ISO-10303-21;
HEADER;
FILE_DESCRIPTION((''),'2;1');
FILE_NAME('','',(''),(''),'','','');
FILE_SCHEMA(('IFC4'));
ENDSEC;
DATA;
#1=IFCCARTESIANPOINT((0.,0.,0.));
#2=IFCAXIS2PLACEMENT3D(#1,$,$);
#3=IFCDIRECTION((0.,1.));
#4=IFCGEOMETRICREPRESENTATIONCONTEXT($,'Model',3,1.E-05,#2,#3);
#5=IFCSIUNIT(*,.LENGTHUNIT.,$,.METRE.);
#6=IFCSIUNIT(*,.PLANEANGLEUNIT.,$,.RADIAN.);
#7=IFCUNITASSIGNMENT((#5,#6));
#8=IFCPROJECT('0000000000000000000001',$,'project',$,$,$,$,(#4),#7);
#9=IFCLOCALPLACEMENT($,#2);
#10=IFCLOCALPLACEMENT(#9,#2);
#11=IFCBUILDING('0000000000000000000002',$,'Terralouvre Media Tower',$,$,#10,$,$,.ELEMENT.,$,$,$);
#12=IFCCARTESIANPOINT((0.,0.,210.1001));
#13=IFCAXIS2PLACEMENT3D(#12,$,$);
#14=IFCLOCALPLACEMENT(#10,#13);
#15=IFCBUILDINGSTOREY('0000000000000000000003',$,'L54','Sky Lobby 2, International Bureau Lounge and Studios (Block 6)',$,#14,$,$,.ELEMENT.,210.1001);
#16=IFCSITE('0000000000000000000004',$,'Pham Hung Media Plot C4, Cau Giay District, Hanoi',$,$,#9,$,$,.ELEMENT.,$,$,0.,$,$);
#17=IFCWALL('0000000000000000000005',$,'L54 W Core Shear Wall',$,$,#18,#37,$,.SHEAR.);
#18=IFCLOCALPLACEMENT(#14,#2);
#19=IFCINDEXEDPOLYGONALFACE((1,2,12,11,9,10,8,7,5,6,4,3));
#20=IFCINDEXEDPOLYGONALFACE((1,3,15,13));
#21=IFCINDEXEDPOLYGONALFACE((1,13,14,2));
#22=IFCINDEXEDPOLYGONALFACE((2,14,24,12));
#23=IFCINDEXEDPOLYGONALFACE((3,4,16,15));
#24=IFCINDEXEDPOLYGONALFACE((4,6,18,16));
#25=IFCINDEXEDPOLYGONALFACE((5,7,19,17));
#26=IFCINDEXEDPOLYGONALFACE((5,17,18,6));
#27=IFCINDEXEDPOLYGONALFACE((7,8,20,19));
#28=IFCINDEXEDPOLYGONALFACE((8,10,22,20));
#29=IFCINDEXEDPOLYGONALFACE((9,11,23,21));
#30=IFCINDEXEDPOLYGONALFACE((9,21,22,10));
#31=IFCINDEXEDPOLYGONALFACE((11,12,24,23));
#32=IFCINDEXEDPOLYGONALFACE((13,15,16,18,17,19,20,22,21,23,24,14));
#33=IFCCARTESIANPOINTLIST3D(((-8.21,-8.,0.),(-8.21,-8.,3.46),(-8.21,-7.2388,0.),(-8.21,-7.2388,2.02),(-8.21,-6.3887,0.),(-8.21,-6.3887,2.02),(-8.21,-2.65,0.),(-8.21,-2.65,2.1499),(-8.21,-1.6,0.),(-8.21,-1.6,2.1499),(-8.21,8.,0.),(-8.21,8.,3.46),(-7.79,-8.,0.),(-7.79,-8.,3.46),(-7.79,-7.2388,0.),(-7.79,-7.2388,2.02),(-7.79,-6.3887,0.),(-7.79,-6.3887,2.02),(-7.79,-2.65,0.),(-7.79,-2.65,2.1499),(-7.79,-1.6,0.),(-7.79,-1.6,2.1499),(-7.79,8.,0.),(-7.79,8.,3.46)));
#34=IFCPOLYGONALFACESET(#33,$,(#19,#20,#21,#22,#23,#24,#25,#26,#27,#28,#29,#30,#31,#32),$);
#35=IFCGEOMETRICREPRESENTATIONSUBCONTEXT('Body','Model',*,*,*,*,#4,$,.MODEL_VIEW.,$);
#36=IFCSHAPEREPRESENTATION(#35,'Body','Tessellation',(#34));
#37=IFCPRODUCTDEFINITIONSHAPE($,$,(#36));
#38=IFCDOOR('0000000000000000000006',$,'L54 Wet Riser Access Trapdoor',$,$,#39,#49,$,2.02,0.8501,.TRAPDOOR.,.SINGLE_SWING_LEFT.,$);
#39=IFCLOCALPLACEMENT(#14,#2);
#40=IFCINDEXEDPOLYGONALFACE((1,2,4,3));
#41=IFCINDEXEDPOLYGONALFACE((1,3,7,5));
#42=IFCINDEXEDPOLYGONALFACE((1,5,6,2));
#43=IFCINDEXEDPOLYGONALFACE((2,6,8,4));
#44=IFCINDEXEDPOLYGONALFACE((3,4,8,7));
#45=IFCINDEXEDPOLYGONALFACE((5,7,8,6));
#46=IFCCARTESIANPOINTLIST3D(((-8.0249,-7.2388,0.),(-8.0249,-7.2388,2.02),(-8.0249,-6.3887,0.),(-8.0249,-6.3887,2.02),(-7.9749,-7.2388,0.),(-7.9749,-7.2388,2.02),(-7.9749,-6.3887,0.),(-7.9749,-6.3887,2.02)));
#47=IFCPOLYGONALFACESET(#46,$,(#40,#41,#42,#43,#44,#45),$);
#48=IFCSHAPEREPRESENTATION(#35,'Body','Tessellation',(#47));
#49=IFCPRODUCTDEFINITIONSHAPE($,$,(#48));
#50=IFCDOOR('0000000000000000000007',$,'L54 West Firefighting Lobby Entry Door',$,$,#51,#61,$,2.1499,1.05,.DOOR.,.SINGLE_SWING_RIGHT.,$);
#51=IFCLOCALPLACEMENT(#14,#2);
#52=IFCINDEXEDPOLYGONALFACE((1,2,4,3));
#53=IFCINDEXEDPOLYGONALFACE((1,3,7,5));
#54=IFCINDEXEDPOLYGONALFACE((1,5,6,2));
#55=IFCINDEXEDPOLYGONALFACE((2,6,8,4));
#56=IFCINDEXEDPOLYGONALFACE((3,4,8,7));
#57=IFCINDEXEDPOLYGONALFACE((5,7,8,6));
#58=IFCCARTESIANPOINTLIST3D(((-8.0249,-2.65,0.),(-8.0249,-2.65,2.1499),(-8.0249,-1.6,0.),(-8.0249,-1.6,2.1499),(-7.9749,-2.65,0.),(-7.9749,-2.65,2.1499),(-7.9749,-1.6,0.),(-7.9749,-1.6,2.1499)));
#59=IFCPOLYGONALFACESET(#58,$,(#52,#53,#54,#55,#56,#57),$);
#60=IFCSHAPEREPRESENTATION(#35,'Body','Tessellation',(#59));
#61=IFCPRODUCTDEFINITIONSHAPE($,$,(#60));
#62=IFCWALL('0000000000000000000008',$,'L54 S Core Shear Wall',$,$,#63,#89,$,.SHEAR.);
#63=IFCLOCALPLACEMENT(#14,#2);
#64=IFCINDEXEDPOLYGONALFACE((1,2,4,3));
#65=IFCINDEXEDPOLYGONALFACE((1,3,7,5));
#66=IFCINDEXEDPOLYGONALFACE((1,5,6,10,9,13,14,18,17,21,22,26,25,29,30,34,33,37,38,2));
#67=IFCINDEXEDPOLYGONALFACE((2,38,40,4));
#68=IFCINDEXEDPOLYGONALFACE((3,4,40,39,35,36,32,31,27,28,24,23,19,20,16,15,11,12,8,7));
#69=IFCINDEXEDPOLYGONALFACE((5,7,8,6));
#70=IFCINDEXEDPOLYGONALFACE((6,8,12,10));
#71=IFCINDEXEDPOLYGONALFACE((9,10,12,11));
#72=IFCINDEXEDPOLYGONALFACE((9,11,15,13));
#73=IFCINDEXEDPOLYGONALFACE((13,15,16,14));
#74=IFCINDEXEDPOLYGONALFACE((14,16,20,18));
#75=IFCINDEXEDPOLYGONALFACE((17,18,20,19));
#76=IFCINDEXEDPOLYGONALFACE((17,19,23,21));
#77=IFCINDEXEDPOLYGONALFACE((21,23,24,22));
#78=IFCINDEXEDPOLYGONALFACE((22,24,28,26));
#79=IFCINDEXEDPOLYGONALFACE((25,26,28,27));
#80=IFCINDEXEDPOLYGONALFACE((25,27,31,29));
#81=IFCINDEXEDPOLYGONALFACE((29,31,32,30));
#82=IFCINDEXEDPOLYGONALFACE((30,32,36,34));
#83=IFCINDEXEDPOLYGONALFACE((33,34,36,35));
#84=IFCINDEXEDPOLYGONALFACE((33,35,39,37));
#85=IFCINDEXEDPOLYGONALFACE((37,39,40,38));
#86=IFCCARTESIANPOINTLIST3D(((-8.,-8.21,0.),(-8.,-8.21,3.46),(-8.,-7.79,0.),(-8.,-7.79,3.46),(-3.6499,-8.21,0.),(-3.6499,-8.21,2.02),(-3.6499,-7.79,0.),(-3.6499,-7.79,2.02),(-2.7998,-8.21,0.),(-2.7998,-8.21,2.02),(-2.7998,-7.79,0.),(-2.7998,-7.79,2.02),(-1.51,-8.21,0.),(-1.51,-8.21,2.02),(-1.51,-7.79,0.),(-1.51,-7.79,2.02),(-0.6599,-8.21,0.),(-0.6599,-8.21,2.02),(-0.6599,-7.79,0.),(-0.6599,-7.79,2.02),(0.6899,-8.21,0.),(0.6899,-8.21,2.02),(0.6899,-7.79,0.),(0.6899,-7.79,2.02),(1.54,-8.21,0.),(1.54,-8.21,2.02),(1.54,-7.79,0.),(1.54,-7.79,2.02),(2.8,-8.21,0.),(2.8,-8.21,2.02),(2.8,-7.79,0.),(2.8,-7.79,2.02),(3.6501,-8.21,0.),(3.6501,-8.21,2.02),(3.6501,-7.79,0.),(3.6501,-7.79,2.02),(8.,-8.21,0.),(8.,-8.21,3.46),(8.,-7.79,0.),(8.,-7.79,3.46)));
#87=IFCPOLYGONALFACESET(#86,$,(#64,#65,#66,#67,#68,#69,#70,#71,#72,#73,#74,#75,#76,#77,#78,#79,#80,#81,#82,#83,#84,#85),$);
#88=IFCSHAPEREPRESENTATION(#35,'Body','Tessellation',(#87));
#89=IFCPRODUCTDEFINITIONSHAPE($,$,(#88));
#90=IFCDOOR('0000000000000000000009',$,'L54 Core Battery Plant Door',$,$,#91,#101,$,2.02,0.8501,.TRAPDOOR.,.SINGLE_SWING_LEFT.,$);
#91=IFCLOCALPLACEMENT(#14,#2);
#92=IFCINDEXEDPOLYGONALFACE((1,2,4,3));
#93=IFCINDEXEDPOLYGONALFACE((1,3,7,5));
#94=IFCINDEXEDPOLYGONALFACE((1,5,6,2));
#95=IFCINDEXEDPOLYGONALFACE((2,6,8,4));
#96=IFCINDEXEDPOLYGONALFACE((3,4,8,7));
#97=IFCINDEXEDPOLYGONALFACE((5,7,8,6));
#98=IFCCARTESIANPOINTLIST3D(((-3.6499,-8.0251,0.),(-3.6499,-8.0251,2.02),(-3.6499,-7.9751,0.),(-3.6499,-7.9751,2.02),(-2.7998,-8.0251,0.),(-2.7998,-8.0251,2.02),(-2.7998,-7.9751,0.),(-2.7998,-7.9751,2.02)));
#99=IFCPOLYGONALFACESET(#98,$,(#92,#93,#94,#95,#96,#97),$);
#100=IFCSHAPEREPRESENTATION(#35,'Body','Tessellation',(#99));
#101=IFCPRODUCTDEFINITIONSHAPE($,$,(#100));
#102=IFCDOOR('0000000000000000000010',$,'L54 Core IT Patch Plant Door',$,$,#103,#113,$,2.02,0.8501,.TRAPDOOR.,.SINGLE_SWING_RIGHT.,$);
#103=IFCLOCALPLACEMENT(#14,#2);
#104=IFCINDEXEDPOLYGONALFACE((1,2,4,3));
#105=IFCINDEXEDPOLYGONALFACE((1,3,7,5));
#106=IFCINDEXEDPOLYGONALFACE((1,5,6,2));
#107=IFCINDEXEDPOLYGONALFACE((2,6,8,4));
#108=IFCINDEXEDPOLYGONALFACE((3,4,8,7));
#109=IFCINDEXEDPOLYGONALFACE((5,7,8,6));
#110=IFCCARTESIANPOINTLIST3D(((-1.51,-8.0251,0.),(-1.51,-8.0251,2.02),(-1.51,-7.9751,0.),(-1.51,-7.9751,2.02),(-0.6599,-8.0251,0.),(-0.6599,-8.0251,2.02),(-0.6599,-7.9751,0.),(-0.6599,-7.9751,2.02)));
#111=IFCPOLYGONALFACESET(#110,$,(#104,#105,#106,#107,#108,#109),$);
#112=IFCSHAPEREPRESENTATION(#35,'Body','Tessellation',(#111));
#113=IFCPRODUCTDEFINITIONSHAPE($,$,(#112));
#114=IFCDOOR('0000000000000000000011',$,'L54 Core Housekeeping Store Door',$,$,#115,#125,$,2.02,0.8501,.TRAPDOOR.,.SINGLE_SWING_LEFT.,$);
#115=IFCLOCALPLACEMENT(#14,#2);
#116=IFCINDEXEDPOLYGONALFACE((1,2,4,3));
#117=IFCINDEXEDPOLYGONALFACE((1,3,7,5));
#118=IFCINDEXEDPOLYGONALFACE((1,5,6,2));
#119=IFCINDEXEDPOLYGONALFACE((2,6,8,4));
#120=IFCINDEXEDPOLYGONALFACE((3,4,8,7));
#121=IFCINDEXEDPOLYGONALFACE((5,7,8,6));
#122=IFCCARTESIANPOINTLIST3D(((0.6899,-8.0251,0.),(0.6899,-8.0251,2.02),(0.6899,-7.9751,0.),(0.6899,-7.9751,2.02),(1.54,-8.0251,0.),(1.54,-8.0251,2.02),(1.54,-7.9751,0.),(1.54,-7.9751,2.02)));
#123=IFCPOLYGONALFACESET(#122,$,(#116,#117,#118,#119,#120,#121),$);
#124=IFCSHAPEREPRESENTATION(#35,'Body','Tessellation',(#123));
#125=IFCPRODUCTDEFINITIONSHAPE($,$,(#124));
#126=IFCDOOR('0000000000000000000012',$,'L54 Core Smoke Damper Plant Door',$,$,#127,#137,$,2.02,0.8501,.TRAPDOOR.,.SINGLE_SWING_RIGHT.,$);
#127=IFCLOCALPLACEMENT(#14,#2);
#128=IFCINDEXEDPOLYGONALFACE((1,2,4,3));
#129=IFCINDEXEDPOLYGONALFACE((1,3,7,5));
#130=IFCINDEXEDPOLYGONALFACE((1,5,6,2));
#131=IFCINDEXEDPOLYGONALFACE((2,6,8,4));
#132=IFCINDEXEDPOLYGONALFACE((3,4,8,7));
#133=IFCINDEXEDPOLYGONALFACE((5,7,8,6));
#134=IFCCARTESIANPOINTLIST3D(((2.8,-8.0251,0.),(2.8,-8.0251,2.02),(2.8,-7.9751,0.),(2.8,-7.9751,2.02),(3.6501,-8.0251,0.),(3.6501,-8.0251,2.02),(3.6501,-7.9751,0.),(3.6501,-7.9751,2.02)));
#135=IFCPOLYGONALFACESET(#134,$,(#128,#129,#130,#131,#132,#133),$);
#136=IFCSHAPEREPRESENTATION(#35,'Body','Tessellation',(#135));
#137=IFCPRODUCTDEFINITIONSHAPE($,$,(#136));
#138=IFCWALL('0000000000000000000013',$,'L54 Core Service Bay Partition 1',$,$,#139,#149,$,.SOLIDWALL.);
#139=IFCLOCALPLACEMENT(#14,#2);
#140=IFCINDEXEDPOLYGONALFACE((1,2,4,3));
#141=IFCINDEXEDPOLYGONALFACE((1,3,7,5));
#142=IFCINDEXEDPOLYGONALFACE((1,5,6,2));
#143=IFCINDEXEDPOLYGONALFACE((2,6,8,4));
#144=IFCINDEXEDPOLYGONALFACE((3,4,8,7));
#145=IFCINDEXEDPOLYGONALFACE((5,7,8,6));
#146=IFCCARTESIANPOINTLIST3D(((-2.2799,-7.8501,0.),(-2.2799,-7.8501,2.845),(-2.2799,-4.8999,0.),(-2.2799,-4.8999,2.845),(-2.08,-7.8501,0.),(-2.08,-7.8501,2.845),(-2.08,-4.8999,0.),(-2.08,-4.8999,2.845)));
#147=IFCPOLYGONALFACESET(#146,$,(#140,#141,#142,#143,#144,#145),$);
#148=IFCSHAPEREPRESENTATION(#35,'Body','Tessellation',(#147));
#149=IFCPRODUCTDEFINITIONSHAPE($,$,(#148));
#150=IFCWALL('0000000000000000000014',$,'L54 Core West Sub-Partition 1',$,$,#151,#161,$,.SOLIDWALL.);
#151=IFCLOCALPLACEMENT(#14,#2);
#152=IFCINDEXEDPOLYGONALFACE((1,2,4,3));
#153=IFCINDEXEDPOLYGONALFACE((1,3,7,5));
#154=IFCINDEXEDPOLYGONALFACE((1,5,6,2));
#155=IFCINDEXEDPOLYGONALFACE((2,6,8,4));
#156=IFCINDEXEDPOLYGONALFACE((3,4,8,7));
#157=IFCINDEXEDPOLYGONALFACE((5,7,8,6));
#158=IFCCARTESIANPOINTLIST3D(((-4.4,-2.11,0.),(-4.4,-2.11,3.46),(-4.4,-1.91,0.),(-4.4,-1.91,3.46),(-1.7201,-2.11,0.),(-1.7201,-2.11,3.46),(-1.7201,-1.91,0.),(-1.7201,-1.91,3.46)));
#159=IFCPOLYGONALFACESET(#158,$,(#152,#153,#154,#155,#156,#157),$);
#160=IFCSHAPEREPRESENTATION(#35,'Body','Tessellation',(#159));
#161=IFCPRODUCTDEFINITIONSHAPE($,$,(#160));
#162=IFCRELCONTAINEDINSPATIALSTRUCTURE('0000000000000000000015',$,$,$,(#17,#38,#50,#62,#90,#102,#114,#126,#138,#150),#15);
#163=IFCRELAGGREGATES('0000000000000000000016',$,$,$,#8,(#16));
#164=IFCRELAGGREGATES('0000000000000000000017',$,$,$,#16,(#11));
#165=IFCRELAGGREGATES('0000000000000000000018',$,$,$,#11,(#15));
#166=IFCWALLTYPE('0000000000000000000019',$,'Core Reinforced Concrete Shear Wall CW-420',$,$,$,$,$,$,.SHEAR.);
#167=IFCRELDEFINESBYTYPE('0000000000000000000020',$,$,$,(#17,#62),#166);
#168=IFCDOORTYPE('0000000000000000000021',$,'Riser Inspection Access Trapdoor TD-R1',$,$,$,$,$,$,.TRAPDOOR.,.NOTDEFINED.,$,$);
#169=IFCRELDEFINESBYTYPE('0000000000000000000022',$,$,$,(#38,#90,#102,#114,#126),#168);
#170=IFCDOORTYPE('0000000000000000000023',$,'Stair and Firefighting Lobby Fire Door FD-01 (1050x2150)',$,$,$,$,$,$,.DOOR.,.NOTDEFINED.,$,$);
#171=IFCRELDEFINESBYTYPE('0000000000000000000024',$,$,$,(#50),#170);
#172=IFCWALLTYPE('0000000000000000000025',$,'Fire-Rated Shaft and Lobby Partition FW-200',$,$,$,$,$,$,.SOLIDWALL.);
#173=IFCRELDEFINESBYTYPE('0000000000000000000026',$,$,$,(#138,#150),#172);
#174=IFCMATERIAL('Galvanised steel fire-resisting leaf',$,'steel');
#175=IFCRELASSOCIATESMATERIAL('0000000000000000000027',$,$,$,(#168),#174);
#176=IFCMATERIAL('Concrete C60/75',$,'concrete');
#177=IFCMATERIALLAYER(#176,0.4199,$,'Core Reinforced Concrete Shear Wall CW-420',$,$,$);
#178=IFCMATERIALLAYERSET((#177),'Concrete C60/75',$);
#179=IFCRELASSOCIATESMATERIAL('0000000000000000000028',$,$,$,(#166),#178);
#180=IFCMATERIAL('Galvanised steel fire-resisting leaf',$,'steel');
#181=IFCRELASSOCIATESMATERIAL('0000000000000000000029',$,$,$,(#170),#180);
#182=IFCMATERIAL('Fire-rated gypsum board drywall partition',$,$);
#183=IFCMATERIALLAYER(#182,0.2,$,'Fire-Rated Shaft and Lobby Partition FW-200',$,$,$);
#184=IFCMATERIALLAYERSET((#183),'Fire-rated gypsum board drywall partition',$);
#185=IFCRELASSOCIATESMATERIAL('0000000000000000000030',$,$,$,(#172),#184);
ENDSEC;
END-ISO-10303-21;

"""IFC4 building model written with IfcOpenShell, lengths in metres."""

from ifc_helpers import new_model, si_unit, direction, frame, frame_2d, origin, place, context, subcontext, project, spatial, rectangle, extrude, material, layer, layer_set, type_object, element, fill, save


model = new_model("IFC4")

# Units and contexts
model_context = context("Model", 3, precision=1e-05, world=origin(), true_north=direction((0.0, 1.0)))
body_context = subcontext(model_context, "Body", "Model", "MODEL_VIEW")
ifc_project = project(units=[si_unit("LENGTHUNIT", "METRE"), si_unit("PLANEANGLEUNIT", "RADIAN")], contexts=[model_context])

# Site, building, storey
site_placement = place(None, origin())
site = spatial("IfcSite", under=ifc_project, at=site_placement, Name="Pham Hung Media Plot C4, Cau Giay District, Hanoi", CompositionType="ELEMENT", RefElevation=0.0)
building_placement = place(site_placement, origin())
building = spatial("IfcBuilding", under=site, at=building_placement, Name="Terralouvre Media Tower", CompositionType="ELEMENT")
storey_placement = place(building_placement, frame((0.0, 0.0, 210.1001)))
storey = spatial("IfcBuildingStorey", under=building, at=storey_placement, Name="L54", Description="Sky Lobby 2, International Bureau Lounge and Studios (Block 6)", CompositionType="ELEMENT", Elevation=210.1001)

# Walls, openings, doors
ifc_material_1 = material(Name="Galvanised steel fire-resisting leaf", Category="steel")
door_type_1 = type_object("IfcDoorType", Name="Riser Inspection Access Trapdoor TD-R1", OperationType="NOTDEFINED", PredefinedType="TRAPDOOR", material=ifc_material_1)
ifc_material_2 = material(Name="Concrete C60/75", Category="concrete")
ifc_layer_1 = layer(ifc_material_2, 0.4199, Name="Core Reinforced Concrete Shear Wall CW-420")
ifc_layer_set_1 = layer_set([ifc_layer_1], Name="Concrete C60/75")
wall_type_1 = type_object("IfcWallType", Name="Core Reinforced Concrete Shear Wall CW-420", PredefinedType="SHEAR", material=ifc_layer_set_1)
wall_1_placement = place(storey_placement, frame((-8.0, -8.0, 0.0), z_axis=(0.0, 0.0, 1.0), x_axis=(0.0, 1.0, 0.0)))
wall_1 = element("IfcWall", 1, at=wall_1_placement, inside=storey, type_object=wall_type_1, Name="L54 W Core Shear Wall", PredefinedType="SHEAR", context=body_context, shape_type="SweptSolid", body=[
    extrude(rectangle(XDim=16.0, YDim=0.4199, at=frame_2d((8.0, 0.0))), origin(), (0.0, 0.0, 1.0), 3.46),
])
opening_1_placement = place(wall_1_placement, frame((0.7612, 0.0, 0.0)))
opening_1 = element("IfcOpeningElement", 2, at=opening_1_placement, cuts=wall_1, PredefinedType="OPENING", context=body_context, shape_type="SweptSolid", body=[
    extrude(rectangle(XDim=0.8501, YDim=2.02, at=frame_2d((0.425, 1.01))), frame((0.0, 0.22, 0.0), z_axis=(0.0, -1.0, 0.0), x_axis=(1.0, 0.0, 0.0)), (0.0, 0.0, 1.0), 0.4399),
])
opening_2_placement = place(wall_1_placement, frame((5.3501, 0.0, 0.0)))
opening_2 = element("IfcOpeningElement", 3, at=opening_2_placement, cuts=wall_1, PredefinedType="OPENING", context=body_context, shape_type="SweptSolid", body=[
    extrude(rectangle(XDim=1.05, YDim=2.1499, at=frame_2d((0.5249, 1.075))), frame((0.0, 0.22, 0.0), z_axis=(0.0, -1.0, 0.0), x_axis=(1.0, 0.0, 0.0)), (0.0, 0.0, 1.0), 0.4399),
])
door_1_placement = place(opening_1_placement, origin())
door_1 = element("IfcDoor", 4, at=door_1_placement, inside=storey, type_object=door_type_1, Name="L54 Wet Riser Access Trapdoor", OperationType="SINGLE_SWING_LEFT", OverallHeight=2.02, OverallWidth=0.8501, PredefinedType="TRAPDOOR", context=body_context, shape_type="SweptSolid", body=[
    extrude(rectangle(XDim=0.8501, YDim=2.02, at=frame_2d((0.425, 1.01))), frame((0.0, 0.0249, 0.0), z_axis=(0.0, -1.0, 0.0), x_axis=(1.0, 0.0, 0.0)), (0.0, 0.0, 1.0), 0.05),
])
fill(opening_1, door_1)
ifc_material_3 = material(Name="Galvanised steel fire-resisting leaf", Category="steel")
door_type_2 = type_object("IfcDoorType", Name="Stair and Firefighting Lobby Fire Door FD-01 (1050x2150)", OperationType="NOTDEFINED", PredefinedType="DOOR", material=ifc_material_3)
door_2_placement = place(opening_2_placement, origin())
door_2 = element("IfcDoor", 5, at=door_2_placement, inside=storey, type_object=door_type_2, Name="L54 West Firefighting Lobby Entry Door", OperationType="SINGLE_SWING_RIGHT", OverallHeight=2.1499, OverallWidth=1.05, PredefinedType="DOOR", context=body_context, shape_type="SweptSolid", body=[
    extrude(rectangle(XDim=1.05, YDim=2.1499, at=frame_2d((0.5249, 1.075))), frame((0.0, 0.0249, 0.0), z_axis=(0.0, -1.0, 0.0), x_axis=(1.0, 0.0, 0.0)), (0.0, 0.0, 1.0), 0.05),
])
fill(opening_2, door_2)
wall_2_placement = place(storey_placement, frame((-8.0, -8.0, 0.0), z_axis=(0.0, 0.0, 1.0), x_axis=(1.0, 0.0, 0.0)))
wall_2 = element("IfcWall", 6, at=wall_2_placement, inside=storey, type_object=wall_type_1, Name="L54 S Core Shear Wall", PredefinedType="SHEAR", context=body_context, shape_type="SweptSolid", body=[
    extrude(rectangle(XDim=16.0, YDim=0.4199, at=frame_2d((8.0, 0.0))), origin(), (0.0, 0.0, 1.0), 3.46),
])
opening_3_placement = place(wall_2_placement, frame((4.3501, 0.0, 0.0)))
opening_3 = element("IfcOpeningElement", 7, at=opening_3_placement, cuts=wall_2, PredefinedType="OPENING", context=body_context, shape_type="SweptSolid", body=[
    extrude(rectangle(XDim=0.8501, YDim=2.02, at=frame_2d((0.425, 1.01))), frame((0.0, 0.22, 0.0), z_axis=(0.0, -1.0, 0.0), x_axis=(1.0, 0.0, 0.0)), (0.0, 0.0, 1.0), 0.4399),
])
opening_4_placement = place(wall_2_placement, frame((6.49, 0.0, 0.0)))
opening_4 = element("IfcOpeningElement", 8, at=opening_4_placement, cuts=wall_2, PredefinedType="OPENING", context=body_context, shape_type="SweptSolid", body=[
    extrude(rectangle(XDim=0.8501, YDim=2.02, at=frame_2d((0.425, 1.01))), frame((0.0, 0.22, 0.0), z_axis=(0.0, -1.0, 0.0), x_axis=(1.0, 0.0, 0.0)), (0.0, 0.0, 1.0), 0.4399),
])
opening_5_placement = place(wall_2_placement, frame((8.6899, 0.0, 0.0)))
opening_5 = element("IfcOpeningElement", 9, at=opening_5_placement, cuts=wall_2, PredefinedType="OPENING", context=body_context, shape_type="SweptSolid", body=[
    extrude(rectangle(XDim=0.8501, YDim=2.02, at=frame_2d((0.425, 1.01))), frame((0.0, 0.22, 0.0), z_axis=(0.0, -1.0, 0.0), x_axis=(1.0, 0.0, 0.0)), (0.0, 0.0, 1.0), 0.4399),
])
opening_6_placement = place(wall_2_placement, frame((10.8, 0.0, 0.0)))
opening_6 = element("IfcOpeningElement", 10, at=opening_6_placement, cuts=wall_2, PredefinedType="OPENING", context=body_context, shape_type="SweptSolid", body=[
    extrude(rectangle(XDim=0.8501, YDim=2.02, at=frame_2d((0.425, 1.01))), frame((0.0, 0.22, 0.0), z_axis=(0.0, -1.0, 0.0), x_axis=(1.0, 0.0, 0.0)), (0.0, 0.0, 1.0), 0.4399),
])
door_3_placement = place(opening_3_placement, origin())
door_3 = element("IfcDoor", 11, at=door_3_placement, inside=storey, type_object=door_type_1, Name="L54 Core Battery Plant Door", OperationType="SINGLE_SWING_LEFT", OverallHeight=2.02, OverallWidth=0.8501, PredefinedType="TRAPDOOR", context=body_context, shape_type="SweptSolid", body=[
    extrude(rectangle(XDim=0.8501, YDim=2.02, at=frame_2d((0.425, 1.01))), frame((0.0, 0.0249, 0.0), z_axis=(0.0, -1.0, 0.0), x_axis=(1.0, 0.0, 0.0)), (0.0, 0.0, 1.0), 0.05),
])
fill(opening_3, door_3)
door_4_placement = place(opening_4_placement, origin())
door_4 = element("IfcDoor", 12, at=door_4_placement, inside=storey, type_object=door_type_1, Name="L54 Core IT Patch Plant Door", OperationType="SINGLE_SWING_RIGHT", OverallHeight=2.02, OverallWidth=0.8501, PredefinedType="TRAPDOOR", context=body_context, shape_type="SweptSolid", body=[
    extrude(rectangle(XDim=0.8501, YDim=2.02, at=frame_2d((0.425, 1.01))), frame((0.0, 0.0249, 0.0), z_axis=(0.0, -1.0, 0.0), x_axis=(1.0, 0.0, 0.0)), (0.0, 0.0, 1.0), 0.05),
])
fill(opening_4, door_4)
door_5_placement = place(opening_5_placement, origin())
door_5 = element("IfcDoor", 13, at=door_5_placement, inside=storey, type_object=door_type_1, Name="L54 Core Housekeeping Store Door", OperationType="SINGLE_SWING_LEFT", OverallHeight=2.02, OverallWidth=0.8501, PredefinedType="TRAPDOOR", context=body_context, shape_type="SweptSolid", body=[
    extrude(rectangle(XDim=0.8501, YDim=2.02, at=frame_2d((0.425, 1.01))), frame((0.0, 0.0249, 0.0), z_axis=(0.0, -1.0, 0.0), x_axis=(1.0, 0.0, 0.0)), (0.0, 0.0, 1.0), 0.05),
])
fill(opening_5, door_5)
door_6_placement = place(opening_6_placement, origin())
door_6 = element("IfcDoor", 14, at=door_6_placement, inside=storey, type_object=door_type_1, Name="L54 Core Smoke Damper Plant Door", OperationType="SINGLE_SWING_RIGHT", OverallHeight=2.02, OverallWidth=0.8501, PredefinedType="TRAPDOOR", context=body_context, shape_type="SweptSolid", body=[
    extrude(rectangle(XDim=0.8501, YDim=2.02, at=frame_2d((0.425, 1.01))), frame((0.0, 0.0249, 0.0), z_axis=(0.0, -1.0, 0.0), x_axis=(1.0, 0.0, 0.0)), (0.0, 0.0, 1.0), 0.05),
])
fill(opening_6, door_6)

# Walls
ifc_material_4 = material(Name="Fire-rated gypsum board drywall partition")
ifc_layer_2 = layer(ifc_material_4, 0.2, Name="Fire-Rated Shaft and Lobby Partition FW-200")
ifc_layer_set_2 = layer_set([ifc_layer_2], Name="Fire-rated gypsum board drywall partition")
wall_type_2 = type_object("IfcWallType", Name="Fire-Rated Shaft and Lobby Partition FW-200", PredefinedType="SOLIDWALL", material=ifc_layer_set_2)
wall_3_placement = place(storey_placement, frame((-2.1799, -7.8501, 0.0), z_axis=(0.0, 0.0, 1.0), x_axis=(0.0, 1.0, 0.0)))
element("IfcWall", 15, at=wall_3_placement, inside=storey, type_object=wall_type_2, Name="L54 Core Service Bay Partition 1", PredefinedType="SOLIDWALL", context=body_context, shape_type="SweptSolid", body=[
    extrude(rectangle(XDim=2.9502, YDim=0.2, at=frame_2d((1.4751, 0.0))), origin(), (0.0, 0.0, 1.0), 2.845),
])
wall_4_placement = place(storey_placement, frame((-4.3999, -2.01, 0.0), z_axis=(0.0, 0.0, 1.0), x_axis=(1.0, 0.0, 0.0)))
element("IfcWall", 16, at=wall_4_placement, inside=storey, type_object=wall_type_2, Name="L54 Core West Sub-Partition 1", PredefinedType="SOLIDWALL", context=body_context, shape_type="SweptSolid", body=[
    extrude(rectangle(XDim=2.6799, YDim=0.2, at=frame_2d((1.3398, 0.0))), origin(), (0.0, 0.0, 1.0), 3.46),
])

save(model, "model.ifc")
